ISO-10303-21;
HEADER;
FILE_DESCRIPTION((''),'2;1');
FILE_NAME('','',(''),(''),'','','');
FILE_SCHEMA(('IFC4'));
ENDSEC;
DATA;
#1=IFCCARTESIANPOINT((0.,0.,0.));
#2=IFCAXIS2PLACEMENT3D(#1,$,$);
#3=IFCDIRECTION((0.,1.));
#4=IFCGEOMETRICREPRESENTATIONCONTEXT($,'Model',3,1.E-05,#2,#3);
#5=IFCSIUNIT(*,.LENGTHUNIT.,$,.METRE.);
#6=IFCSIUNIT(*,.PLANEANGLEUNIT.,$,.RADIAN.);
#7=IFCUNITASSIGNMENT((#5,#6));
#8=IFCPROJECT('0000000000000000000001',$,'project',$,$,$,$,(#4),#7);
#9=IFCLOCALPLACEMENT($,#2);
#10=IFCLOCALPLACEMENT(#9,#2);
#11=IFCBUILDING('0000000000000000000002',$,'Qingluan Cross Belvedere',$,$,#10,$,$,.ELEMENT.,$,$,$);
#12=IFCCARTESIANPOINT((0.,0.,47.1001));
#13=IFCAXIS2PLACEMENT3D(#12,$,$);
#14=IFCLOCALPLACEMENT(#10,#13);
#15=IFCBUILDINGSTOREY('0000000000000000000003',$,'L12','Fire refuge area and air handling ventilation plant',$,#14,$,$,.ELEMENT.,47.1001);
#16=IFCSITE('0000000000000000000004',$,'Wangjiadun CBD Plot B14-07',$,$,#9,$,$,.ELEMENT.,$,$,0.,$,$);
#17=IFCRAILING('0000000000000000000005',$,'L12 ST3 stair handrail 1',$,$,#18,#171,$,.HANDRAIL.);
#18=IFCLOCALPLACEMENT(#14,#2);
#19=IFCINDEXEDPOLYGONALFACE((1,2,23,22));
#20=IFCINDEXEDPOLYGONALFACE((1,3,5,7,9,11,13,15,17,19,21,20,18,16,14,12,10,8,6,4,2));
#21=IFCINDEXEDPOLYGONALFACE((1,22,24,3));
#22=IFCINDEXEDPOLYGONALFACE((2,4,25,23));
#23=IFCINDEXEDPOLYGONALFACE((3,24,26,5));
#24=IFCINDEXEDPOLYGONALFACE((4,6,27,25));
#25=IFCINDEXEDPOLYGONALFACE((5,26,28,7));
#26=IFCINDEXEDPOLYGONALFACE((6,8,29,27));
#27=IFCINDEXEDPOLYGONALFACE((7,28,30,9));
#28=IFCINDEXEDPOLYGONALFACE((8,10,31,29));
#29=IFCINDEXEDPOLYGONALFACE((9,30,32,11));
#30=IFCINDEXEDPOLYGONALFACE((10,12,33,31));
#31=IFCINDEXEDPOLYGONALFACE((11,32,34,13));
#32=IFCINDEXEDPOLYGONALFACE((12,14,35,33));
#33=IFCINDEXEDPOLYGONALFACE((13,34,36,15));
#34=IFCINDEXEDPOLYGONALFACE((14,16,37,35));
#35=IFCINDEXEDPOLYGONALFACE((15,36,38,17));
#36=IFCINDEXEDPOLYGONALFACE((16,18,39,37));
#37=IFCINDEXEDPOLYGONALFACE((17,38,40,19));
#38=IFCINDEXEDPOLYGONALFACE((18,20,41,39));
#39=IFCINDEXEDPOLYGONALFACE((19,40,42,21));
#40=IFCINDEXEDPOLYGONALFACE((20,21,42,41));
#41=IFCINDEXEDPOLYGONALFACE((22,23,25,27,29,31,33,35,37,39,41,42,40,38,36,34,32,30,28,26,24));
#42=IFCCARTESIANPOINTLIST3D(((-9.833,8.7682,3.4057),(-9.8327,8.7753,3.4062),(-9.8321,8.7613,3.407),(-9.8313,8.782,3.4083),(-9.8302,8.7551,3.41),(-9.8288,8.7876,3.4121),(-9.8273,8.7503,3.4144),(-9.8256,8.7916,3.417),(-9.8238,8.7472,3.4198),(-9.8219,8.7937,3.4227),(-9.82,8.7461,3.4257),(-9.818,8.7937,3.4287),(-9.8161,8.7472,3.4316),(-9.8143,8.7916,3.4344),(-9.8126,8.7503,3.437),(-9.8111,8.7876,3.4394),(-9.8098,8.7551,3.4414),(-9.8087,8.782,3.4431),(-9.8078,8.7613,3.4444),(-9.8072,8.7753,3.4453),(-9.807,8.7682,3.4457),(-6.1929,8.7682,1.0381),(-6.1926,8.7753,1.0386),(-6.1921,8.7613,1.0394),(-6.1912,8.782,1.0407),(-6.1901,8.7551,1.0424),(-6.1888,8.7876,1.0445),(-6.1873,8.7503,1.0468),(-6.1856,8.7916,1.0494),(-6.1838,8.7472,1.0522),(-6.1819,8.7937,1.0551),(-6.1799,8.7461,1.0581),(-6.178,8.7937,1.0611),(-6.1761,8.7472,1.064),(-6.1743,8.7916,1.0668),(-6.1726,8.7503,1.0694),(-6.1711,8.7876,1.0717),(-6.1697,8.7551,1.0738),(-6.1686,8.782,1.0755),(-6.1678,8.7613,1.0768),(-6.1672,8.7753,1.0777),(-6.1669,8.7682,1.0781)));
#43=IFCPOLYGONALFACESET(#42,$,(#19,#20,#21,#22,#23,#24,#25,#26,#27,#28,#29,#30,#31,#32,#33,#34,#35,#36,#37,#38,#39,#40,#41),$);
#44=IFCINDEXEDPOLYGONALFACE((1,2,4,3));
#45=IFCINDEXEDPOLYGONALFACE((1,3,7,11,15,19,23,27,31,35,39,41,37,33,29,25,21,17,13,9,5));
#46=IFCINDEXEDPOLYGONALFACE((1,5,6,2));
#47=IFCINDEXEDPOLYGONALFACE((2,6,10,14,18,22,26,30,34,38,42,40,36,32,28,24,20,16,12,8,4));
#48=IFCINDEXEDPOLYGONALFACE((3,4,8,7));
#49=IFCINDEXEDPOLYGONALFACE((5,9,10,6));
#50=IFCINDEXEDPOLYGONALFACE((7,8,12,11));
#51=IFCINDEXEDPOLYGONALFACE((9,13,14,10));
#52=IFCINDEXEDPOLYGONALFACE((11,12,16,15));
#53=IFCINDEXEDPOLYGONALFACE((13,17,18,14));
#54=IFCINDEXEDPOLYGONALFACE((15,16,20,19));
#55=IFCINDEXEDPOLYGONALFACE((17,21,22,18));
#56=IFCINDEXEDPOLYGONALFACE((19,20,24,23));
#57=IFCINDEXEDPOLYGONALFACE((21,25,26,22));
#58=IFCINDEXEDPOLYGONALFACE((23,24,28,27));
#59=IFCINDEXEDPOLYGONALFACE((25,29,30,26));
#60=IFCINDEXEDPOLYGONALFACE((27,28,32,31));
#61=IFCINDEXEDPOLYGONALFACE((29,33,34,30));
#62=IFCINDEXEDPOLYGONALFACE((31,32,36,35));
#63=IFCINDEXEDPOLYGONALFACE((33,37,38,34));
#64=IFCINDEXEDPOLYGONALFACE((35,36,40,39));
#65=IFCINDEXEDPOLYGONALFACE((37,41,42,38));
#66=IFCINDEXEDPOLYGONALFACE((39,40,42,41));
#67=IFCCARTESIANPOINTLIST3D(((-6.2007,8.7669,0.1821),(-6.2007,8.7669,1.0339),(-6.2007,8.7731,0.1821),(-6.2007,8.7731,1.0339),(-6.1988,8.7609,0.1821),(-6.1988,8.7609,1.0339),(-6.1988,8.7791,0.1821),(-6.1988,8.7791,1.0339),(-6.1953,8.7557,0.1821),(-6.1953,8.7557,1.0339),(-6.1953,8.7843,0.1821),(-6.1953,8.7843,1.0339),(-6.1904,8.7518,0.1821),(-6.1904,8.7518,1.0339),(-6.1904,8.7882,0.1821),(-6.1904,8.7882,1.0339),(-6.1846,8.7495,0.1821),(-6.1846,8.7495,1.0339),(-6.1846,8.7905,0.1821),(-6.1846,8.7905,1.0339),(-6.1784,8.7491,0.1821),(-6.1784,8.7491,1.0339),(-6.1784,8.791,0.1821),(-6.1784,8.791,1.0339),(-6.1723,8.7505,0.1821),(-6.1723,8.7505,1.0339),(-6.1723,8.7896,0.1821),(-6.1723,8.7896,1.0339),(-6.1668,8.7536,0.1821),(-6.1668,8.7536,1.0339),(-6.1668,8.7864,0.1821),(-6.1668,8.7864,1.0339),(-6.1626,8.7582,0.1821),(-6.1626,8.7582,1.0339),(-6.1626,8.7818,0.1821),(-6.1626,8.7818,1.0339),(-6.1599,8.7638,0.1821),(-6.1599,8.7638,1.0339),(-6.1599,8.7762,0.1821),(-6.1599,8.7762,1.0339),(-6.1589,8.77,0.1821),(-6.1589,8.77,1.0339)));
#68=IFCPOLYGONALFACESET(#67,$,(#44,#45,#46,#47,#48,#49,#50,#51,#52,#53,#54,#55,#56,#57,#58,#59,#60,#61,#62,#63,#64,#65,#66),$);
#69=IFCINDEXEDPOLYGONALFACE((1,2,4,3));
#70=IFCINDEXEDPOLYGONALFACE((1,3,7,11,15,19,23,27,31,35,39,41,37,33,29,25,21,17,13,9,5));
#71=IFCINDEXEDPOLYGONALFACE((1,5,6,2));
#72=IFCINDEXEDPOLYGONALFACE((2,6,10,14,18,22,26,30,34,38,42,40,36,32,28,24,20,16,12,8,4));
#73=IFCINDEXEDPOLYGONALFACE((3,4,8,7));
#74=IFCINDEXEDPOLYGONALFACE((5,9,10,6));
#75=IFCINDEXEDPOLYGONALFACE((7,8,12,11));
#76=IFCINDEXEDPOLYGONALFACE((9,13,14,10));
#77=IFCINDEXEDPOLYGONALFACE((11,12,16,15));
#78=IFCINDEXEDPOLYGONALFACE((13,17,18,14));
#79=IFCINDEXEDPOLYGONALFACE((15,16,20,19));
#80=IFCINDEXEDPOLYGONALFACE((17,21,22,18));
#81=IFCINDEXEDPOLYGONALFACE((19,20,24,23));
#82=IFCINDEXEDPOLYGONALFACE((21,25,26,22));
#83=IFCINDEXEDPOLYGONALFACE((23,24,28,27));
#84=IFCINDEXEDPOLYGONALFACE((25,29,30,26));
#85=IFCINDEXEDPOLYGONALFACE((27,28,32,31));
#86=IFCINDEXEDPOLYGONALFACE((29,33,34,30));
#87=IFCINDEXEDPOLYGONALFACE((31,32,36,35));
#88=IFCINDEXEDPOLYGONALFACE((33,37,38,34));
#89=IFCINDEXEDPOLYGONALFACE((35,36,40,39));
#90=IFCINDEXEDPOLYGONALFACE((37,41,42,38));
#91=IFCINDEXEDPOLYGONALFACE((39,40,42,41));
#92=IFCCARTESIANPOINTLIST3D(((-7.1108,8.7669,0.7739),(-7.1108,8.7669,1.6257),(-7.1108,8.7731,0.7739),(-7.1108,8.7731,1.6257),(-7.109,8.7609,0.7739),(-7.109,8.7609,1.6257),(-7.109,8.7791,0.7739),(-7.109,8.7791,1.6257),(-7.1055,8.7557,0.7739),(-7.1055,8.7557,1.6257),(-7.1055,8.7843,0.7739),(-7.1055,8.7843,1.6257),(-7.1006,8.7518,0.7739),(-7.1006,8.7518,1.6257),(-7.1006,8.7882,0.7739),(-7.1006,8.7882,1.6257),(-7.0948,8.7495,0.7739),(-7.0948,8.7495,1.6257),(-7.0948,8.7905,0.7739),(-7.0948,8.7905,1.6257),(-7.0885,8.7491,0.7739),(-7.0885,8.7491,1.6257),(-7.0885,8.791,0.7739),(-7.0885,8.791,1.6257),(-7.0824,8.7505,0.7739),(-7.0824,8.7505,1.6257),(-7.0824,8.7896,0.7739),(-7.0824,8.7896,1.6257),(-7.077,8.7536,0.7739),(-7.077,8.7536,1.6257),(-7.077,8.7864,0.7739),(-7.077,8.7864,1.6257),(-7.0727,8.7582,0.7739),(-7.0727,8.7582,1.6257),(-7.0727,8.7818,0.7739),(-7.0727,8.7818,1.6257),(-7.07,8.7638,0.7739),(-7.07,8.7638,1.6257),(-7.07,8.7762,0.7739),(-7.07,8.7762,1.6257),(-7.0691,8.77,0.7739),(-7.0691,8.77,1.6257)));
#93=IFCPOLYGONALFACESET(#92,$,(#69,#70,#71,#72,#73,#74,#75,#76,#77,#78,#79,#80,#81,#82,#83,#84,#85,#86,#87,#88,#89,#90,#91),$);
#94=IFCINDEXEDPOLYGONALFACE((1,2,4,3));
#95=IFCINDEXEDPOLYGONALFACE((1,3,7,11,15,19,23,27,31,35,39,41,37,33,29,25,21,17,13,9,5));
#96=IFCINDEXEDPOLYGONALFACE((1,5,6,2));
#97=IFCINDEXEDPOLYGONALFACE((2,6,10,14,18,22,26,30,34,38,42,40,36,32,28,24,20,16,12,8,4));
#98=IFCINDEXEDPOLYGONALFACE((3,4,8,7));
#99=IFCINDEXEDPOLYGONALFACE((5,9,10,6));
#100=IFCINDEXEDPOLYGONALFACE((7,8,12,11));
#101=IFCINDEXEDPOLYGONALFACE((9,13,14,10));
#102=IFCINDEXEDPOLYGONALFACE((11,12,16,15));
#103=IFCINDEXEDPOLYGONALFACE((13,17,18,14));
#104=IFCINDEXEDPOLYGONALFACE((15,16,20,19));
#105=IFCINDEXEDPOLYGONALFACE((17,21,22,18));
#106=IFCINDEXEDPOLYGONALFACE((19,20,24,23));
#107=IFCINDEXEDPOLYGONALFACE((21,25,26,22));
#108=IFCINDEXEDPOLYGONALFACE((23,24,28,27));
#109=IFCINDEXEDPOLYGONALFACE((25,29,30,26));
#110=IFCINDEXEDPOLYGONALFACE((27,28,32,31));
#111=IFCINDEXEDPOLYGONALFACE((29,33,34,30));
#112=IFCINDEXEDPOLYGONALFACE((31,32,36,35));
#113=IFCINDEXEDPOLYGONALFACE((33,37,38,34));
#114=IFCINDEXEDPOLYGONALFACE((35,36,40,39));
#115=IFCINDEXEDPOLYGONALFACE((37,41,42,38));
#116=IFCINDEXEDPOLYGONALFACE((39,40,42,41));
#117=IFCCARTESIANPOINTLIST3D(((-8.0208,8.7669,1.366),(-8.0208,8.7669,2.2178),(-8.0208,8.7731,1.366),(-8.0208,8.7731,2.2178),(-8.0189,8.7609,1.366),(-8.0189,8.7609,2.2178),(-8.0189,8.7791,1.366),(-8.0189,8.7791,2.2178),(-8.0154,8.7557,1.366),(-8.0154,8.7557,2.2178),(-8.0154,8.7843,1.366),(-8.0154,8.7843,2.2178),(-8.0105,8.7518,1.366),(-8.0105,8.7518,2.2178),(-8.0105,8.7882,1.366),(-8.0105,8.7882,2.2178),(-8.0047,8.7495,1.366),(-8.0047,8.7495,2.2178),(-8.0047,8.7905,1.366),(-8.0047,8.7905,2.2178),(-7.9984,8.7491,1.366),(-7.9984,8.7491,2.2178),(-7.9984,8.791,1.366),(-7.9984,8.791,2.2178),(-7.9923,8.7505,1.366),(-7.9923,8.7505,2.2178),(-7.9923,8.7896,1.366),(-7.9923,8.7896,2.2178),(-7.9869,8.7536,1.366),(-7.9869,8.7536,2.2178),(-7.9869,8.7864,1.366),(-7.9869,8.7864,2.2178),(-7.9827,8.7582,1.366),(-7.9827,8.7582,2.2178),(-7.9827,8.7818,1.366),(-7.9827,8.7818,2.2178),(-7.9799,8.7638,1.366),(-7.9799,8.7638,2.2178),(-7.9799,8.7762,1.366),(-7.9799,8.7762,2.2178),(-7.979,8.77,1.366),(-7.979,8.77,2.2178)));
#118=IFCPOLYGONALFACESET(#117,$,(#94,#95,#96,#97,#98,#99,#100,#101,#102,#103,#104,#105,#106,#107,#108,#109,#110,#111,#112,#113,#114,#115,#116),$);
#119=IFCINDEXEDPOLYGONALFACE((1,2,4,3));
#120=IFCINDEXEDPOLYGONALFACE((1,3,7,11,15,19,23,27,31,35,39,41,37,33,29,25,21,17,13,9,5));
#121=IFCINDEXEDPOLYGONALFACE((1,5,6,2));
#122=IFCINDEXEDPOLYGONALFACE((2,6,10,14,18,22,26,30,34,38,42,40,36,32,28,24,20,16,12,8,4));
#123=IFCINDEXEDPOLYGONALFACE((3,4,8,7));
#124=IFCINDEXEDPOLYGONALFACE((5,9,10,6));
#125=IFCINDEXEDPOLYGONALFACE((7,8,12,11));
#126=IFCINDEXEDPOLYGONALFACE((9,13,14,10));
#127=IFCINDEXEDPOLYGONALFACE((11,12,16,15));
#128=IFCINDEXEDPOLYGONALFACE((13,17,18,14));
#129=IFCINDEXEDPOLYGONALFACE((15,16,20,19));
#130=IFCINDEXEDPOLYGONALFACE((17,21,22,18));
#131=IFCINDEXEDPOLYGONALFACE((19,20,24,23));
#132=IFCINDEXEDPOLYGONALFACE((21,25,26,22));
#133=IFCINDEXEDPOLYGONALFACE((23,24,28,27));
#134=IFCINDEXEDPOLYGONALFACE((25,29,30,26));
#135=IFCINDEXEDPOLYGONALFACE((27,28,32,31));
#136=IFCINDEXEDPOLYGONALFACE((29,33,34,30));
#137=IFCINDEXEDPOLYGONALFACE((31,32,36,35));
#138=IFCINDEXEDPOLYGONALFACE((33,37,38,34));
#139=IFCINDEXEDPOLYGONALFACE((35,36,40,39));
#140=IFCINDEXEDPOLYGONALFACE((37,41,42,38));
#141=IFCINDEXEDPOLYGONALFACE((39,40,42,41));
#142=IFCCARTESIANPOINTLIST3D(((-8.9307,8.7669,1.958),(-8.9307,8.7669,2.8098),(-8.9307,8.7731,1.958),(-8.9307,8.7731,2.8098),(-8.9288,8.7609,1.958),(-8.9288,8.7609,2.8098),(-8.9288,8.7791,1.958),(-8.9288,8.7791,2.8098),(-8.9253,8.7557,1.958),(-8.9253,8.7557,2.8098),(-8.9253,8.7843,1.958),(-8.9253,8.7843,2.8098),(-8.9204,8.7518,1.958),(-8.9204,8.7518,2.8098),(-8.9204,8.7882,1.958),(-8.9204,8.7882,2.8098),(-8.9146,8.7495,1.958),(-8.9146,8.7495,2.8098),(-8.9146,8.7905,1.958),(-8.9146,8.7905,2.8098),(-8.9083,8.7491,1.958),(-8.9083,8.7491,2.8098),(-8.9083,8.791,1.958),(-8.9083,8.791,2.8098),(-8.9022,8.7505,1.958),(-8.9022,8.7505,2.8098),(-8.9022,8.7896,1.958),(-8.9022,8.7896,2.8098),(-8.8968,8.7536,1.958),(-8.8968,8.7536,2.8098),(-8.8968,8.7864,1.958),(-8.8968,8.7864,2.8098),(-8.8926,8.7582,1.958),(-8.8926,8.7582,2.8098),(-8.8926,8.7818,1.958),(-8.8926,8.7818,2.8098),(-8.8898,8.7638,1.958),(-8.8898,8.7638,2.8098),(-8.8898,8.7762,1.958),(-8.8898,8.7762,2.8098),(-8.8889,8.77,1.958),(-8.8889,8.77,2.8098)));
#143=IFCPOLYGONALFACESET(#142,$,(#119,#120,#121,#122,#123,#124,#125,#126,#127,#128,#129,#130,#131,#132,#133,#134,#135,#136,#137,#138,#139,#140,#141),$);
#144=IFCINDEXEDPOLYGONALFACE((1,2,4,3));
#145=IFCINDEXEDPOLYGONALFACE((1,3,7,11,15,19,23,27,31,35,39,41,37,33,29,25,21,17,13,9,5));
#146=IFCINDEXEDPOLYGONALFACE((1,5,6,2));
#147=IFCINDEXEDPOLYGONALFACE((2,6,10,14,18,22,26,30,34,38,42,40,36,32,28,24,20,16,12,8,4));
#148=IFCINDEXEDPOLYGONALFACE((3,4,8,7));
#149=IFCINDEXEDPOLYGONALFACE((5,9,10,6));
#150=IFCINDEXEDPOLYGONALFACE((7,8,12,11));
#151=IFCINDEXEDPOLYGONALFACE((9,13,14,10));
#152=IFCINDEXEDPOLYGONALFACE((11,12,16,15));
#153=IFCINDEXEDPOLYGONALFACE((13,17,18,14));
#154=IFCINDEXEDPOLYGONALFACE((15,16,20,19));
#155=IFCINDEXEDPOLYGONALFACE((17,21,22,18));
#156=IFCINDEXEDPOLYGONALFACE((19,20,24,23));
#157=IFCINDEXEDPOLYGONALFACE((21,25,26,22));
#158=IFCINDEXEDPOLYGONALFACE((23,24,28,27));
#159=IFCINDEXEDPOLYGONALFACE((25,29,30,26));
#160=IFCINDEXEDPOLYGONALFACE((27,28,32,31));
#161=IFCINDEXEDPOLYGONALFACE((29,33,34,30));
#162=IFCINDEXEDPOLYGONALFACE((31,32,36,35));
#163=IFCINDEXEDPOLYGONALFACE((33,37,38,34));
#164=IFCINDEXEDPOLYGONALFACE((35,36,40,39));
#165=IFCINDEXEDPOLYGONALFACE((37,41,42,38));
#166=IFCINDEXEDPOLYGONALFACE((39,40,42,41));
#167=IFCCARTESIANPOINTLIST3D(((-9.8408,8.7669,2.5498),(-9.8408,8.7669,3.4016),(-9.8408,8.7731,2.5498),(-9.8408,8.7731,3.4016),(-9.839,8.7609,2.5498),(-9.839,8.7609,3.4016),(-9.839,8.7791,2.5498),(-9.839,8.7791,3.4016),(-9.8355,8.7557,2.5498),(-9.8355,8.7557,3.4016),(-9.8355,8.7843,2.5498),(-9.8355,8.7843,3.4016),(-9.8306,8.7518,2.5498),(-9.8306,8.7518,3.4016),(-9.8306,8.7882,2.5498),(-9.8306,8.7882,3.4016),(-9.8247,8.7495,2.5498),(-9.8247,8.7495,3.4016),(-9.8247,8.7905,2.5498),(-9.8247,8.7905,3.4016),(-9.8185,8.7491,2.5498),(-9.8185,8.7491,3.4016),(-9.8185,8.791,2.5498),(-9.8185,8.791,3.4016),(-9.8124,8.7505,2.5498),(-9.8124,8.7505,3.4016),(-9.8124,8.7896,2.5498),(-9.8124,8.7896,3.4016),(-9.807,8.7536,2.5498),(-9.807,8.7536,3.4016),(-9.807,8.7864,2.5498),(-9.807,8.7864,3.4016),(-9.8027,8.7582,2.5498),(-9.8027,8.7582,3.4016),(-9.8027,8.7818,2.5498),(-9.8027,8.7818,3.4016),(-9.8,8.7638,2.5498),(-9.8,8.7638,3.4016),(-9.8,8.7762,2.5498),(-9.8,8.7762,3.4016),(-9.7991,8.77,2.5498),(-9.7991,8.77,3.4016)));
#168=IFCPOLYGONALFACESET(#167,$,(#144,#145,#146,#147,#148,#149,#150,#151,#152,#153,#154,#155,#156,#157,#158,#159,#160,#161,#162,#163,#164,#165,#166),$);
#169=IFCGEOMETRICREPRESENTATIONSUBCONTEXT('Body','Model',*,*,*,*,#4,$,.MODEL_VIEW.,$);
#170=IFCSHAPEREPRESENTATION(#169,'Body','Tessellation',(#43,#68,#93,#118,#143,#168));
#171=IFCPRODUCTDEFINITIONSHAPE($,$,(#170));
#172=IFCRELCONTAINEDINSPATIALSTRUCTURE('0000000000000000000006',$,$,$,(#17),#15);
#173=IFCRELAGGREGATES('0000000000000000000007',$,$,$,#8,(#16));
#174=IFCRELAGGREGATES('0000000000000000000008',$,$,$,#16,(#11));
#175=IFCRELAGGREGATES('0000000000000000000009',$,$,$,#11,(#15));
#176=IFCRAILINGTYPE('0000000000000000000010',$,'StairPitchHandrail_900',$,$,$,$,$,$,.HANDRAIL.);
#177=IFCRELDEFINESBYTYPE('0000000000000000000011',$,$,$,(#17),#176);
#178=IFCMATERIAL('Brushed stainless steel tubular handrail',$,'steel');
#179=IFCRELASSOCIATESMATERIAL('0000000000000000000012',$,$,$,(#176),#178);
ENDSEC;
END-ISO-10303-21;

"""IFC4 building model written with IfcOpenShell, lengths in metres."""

from ifc_helpers import new_model, si_unit, direction, frame, origin, origin_2d, place, context, subcontext, project, spatial, circle, extrude, material, type_object, element, save


model = new_model("IFC4")

# Units and contexts
model_context = context("Model", 3, precision=1e-05, world=origin(), true_north=direction((0.0, 1.0)))
body_context = subcontext(model_context, "Body", "Model", "MODEL_VIEW")
ifc_project = project(units=[si_unit("LENGTHUNIT", "METRE"), si_unit("PLANEANGLEUNIT", "RADIAN")], contexts=[model_context])

# Site, building, storey
site_placement = place(None, origin())
site = spatial("IfcSite", under=ifc_project, at=site_placement, Name="Wangjiadun CBD Plot B14-07", CompositionType="ELEMENT", RefElevation=0.0)
building_placement = place(site_placement, origin())
building = spatial("IfcBuilding", under=site, at=building_placement, Name="Qingluan Cross Belvedere", CompositionType="ELEMENT")
storey_placement = place(building_placement, frame((0.0, 0.0, 47.1001)))
storey = spatial("IfcBuildingStorey", under=building, at=storey_placement, Name="L12", Description="Fire refuge area and air handling ventilation plant", CompositionType="ELEMENT", Elevation=47.1001)

# Railing
ifc_material_1 = material(Name="Brushed stainless steel tubular handrail", Category="steel")
railing_type = type_object("IfcRailingType", Name="StairPitchHandrail_900", PredefinedType="HANDRAIL", material=ifc_material_1)
railing_placement = place(storey_placement, frame((-6.1799, 8.77, 0.1821)))
element("IfcRailing", 1, at=railing_placement, inside=storey, type_object=railing_type, Name="L12 ST3 stair handrail 1", PredefinedType="HANDRAIL", context=body_context, shape_type="SweptSolid", body=[
    extrude(circle(Radius=0.0239, at=origin_2d()), frame((0.0, 0.0, 0.876), z_axis=(-0.838277, 0.0, 0.545245), x_axis=(0.0, -1.0, 0.0)), (0.0, 0.0, 1.0), 4.3423),
    extrude(circle(Radius=0.021, at=origin_2d()), origin(), (0.0, 0.0, 1.0), 0.8518),
    extrude(circle(Radius=0.021, at=origin_2d()), frame((-0.9102, 0.0, 0.5918)), (0.0, 0.0, 1.0), 0.8518),
    extrude(circle(Radius=0.021, at=origin_2d()), frame((-1.8201, 0.0, 1.1838)), (0.0, 0.0, 1.0), 0.8518),
    extrude(circle(Radius=0.021, at=origin_2d()), frame((-2.73, 0.0, 1.7759)), (0.0, 0.0, 1.0), 0.8518),
    extrude(circle(Radius=0.021, at=origin_2d()), frame((-3.6401, 0.0, 2.3677)), (0.0, 0.0, 1.0), 0.8518),
])

save(model, "model.ifc")
